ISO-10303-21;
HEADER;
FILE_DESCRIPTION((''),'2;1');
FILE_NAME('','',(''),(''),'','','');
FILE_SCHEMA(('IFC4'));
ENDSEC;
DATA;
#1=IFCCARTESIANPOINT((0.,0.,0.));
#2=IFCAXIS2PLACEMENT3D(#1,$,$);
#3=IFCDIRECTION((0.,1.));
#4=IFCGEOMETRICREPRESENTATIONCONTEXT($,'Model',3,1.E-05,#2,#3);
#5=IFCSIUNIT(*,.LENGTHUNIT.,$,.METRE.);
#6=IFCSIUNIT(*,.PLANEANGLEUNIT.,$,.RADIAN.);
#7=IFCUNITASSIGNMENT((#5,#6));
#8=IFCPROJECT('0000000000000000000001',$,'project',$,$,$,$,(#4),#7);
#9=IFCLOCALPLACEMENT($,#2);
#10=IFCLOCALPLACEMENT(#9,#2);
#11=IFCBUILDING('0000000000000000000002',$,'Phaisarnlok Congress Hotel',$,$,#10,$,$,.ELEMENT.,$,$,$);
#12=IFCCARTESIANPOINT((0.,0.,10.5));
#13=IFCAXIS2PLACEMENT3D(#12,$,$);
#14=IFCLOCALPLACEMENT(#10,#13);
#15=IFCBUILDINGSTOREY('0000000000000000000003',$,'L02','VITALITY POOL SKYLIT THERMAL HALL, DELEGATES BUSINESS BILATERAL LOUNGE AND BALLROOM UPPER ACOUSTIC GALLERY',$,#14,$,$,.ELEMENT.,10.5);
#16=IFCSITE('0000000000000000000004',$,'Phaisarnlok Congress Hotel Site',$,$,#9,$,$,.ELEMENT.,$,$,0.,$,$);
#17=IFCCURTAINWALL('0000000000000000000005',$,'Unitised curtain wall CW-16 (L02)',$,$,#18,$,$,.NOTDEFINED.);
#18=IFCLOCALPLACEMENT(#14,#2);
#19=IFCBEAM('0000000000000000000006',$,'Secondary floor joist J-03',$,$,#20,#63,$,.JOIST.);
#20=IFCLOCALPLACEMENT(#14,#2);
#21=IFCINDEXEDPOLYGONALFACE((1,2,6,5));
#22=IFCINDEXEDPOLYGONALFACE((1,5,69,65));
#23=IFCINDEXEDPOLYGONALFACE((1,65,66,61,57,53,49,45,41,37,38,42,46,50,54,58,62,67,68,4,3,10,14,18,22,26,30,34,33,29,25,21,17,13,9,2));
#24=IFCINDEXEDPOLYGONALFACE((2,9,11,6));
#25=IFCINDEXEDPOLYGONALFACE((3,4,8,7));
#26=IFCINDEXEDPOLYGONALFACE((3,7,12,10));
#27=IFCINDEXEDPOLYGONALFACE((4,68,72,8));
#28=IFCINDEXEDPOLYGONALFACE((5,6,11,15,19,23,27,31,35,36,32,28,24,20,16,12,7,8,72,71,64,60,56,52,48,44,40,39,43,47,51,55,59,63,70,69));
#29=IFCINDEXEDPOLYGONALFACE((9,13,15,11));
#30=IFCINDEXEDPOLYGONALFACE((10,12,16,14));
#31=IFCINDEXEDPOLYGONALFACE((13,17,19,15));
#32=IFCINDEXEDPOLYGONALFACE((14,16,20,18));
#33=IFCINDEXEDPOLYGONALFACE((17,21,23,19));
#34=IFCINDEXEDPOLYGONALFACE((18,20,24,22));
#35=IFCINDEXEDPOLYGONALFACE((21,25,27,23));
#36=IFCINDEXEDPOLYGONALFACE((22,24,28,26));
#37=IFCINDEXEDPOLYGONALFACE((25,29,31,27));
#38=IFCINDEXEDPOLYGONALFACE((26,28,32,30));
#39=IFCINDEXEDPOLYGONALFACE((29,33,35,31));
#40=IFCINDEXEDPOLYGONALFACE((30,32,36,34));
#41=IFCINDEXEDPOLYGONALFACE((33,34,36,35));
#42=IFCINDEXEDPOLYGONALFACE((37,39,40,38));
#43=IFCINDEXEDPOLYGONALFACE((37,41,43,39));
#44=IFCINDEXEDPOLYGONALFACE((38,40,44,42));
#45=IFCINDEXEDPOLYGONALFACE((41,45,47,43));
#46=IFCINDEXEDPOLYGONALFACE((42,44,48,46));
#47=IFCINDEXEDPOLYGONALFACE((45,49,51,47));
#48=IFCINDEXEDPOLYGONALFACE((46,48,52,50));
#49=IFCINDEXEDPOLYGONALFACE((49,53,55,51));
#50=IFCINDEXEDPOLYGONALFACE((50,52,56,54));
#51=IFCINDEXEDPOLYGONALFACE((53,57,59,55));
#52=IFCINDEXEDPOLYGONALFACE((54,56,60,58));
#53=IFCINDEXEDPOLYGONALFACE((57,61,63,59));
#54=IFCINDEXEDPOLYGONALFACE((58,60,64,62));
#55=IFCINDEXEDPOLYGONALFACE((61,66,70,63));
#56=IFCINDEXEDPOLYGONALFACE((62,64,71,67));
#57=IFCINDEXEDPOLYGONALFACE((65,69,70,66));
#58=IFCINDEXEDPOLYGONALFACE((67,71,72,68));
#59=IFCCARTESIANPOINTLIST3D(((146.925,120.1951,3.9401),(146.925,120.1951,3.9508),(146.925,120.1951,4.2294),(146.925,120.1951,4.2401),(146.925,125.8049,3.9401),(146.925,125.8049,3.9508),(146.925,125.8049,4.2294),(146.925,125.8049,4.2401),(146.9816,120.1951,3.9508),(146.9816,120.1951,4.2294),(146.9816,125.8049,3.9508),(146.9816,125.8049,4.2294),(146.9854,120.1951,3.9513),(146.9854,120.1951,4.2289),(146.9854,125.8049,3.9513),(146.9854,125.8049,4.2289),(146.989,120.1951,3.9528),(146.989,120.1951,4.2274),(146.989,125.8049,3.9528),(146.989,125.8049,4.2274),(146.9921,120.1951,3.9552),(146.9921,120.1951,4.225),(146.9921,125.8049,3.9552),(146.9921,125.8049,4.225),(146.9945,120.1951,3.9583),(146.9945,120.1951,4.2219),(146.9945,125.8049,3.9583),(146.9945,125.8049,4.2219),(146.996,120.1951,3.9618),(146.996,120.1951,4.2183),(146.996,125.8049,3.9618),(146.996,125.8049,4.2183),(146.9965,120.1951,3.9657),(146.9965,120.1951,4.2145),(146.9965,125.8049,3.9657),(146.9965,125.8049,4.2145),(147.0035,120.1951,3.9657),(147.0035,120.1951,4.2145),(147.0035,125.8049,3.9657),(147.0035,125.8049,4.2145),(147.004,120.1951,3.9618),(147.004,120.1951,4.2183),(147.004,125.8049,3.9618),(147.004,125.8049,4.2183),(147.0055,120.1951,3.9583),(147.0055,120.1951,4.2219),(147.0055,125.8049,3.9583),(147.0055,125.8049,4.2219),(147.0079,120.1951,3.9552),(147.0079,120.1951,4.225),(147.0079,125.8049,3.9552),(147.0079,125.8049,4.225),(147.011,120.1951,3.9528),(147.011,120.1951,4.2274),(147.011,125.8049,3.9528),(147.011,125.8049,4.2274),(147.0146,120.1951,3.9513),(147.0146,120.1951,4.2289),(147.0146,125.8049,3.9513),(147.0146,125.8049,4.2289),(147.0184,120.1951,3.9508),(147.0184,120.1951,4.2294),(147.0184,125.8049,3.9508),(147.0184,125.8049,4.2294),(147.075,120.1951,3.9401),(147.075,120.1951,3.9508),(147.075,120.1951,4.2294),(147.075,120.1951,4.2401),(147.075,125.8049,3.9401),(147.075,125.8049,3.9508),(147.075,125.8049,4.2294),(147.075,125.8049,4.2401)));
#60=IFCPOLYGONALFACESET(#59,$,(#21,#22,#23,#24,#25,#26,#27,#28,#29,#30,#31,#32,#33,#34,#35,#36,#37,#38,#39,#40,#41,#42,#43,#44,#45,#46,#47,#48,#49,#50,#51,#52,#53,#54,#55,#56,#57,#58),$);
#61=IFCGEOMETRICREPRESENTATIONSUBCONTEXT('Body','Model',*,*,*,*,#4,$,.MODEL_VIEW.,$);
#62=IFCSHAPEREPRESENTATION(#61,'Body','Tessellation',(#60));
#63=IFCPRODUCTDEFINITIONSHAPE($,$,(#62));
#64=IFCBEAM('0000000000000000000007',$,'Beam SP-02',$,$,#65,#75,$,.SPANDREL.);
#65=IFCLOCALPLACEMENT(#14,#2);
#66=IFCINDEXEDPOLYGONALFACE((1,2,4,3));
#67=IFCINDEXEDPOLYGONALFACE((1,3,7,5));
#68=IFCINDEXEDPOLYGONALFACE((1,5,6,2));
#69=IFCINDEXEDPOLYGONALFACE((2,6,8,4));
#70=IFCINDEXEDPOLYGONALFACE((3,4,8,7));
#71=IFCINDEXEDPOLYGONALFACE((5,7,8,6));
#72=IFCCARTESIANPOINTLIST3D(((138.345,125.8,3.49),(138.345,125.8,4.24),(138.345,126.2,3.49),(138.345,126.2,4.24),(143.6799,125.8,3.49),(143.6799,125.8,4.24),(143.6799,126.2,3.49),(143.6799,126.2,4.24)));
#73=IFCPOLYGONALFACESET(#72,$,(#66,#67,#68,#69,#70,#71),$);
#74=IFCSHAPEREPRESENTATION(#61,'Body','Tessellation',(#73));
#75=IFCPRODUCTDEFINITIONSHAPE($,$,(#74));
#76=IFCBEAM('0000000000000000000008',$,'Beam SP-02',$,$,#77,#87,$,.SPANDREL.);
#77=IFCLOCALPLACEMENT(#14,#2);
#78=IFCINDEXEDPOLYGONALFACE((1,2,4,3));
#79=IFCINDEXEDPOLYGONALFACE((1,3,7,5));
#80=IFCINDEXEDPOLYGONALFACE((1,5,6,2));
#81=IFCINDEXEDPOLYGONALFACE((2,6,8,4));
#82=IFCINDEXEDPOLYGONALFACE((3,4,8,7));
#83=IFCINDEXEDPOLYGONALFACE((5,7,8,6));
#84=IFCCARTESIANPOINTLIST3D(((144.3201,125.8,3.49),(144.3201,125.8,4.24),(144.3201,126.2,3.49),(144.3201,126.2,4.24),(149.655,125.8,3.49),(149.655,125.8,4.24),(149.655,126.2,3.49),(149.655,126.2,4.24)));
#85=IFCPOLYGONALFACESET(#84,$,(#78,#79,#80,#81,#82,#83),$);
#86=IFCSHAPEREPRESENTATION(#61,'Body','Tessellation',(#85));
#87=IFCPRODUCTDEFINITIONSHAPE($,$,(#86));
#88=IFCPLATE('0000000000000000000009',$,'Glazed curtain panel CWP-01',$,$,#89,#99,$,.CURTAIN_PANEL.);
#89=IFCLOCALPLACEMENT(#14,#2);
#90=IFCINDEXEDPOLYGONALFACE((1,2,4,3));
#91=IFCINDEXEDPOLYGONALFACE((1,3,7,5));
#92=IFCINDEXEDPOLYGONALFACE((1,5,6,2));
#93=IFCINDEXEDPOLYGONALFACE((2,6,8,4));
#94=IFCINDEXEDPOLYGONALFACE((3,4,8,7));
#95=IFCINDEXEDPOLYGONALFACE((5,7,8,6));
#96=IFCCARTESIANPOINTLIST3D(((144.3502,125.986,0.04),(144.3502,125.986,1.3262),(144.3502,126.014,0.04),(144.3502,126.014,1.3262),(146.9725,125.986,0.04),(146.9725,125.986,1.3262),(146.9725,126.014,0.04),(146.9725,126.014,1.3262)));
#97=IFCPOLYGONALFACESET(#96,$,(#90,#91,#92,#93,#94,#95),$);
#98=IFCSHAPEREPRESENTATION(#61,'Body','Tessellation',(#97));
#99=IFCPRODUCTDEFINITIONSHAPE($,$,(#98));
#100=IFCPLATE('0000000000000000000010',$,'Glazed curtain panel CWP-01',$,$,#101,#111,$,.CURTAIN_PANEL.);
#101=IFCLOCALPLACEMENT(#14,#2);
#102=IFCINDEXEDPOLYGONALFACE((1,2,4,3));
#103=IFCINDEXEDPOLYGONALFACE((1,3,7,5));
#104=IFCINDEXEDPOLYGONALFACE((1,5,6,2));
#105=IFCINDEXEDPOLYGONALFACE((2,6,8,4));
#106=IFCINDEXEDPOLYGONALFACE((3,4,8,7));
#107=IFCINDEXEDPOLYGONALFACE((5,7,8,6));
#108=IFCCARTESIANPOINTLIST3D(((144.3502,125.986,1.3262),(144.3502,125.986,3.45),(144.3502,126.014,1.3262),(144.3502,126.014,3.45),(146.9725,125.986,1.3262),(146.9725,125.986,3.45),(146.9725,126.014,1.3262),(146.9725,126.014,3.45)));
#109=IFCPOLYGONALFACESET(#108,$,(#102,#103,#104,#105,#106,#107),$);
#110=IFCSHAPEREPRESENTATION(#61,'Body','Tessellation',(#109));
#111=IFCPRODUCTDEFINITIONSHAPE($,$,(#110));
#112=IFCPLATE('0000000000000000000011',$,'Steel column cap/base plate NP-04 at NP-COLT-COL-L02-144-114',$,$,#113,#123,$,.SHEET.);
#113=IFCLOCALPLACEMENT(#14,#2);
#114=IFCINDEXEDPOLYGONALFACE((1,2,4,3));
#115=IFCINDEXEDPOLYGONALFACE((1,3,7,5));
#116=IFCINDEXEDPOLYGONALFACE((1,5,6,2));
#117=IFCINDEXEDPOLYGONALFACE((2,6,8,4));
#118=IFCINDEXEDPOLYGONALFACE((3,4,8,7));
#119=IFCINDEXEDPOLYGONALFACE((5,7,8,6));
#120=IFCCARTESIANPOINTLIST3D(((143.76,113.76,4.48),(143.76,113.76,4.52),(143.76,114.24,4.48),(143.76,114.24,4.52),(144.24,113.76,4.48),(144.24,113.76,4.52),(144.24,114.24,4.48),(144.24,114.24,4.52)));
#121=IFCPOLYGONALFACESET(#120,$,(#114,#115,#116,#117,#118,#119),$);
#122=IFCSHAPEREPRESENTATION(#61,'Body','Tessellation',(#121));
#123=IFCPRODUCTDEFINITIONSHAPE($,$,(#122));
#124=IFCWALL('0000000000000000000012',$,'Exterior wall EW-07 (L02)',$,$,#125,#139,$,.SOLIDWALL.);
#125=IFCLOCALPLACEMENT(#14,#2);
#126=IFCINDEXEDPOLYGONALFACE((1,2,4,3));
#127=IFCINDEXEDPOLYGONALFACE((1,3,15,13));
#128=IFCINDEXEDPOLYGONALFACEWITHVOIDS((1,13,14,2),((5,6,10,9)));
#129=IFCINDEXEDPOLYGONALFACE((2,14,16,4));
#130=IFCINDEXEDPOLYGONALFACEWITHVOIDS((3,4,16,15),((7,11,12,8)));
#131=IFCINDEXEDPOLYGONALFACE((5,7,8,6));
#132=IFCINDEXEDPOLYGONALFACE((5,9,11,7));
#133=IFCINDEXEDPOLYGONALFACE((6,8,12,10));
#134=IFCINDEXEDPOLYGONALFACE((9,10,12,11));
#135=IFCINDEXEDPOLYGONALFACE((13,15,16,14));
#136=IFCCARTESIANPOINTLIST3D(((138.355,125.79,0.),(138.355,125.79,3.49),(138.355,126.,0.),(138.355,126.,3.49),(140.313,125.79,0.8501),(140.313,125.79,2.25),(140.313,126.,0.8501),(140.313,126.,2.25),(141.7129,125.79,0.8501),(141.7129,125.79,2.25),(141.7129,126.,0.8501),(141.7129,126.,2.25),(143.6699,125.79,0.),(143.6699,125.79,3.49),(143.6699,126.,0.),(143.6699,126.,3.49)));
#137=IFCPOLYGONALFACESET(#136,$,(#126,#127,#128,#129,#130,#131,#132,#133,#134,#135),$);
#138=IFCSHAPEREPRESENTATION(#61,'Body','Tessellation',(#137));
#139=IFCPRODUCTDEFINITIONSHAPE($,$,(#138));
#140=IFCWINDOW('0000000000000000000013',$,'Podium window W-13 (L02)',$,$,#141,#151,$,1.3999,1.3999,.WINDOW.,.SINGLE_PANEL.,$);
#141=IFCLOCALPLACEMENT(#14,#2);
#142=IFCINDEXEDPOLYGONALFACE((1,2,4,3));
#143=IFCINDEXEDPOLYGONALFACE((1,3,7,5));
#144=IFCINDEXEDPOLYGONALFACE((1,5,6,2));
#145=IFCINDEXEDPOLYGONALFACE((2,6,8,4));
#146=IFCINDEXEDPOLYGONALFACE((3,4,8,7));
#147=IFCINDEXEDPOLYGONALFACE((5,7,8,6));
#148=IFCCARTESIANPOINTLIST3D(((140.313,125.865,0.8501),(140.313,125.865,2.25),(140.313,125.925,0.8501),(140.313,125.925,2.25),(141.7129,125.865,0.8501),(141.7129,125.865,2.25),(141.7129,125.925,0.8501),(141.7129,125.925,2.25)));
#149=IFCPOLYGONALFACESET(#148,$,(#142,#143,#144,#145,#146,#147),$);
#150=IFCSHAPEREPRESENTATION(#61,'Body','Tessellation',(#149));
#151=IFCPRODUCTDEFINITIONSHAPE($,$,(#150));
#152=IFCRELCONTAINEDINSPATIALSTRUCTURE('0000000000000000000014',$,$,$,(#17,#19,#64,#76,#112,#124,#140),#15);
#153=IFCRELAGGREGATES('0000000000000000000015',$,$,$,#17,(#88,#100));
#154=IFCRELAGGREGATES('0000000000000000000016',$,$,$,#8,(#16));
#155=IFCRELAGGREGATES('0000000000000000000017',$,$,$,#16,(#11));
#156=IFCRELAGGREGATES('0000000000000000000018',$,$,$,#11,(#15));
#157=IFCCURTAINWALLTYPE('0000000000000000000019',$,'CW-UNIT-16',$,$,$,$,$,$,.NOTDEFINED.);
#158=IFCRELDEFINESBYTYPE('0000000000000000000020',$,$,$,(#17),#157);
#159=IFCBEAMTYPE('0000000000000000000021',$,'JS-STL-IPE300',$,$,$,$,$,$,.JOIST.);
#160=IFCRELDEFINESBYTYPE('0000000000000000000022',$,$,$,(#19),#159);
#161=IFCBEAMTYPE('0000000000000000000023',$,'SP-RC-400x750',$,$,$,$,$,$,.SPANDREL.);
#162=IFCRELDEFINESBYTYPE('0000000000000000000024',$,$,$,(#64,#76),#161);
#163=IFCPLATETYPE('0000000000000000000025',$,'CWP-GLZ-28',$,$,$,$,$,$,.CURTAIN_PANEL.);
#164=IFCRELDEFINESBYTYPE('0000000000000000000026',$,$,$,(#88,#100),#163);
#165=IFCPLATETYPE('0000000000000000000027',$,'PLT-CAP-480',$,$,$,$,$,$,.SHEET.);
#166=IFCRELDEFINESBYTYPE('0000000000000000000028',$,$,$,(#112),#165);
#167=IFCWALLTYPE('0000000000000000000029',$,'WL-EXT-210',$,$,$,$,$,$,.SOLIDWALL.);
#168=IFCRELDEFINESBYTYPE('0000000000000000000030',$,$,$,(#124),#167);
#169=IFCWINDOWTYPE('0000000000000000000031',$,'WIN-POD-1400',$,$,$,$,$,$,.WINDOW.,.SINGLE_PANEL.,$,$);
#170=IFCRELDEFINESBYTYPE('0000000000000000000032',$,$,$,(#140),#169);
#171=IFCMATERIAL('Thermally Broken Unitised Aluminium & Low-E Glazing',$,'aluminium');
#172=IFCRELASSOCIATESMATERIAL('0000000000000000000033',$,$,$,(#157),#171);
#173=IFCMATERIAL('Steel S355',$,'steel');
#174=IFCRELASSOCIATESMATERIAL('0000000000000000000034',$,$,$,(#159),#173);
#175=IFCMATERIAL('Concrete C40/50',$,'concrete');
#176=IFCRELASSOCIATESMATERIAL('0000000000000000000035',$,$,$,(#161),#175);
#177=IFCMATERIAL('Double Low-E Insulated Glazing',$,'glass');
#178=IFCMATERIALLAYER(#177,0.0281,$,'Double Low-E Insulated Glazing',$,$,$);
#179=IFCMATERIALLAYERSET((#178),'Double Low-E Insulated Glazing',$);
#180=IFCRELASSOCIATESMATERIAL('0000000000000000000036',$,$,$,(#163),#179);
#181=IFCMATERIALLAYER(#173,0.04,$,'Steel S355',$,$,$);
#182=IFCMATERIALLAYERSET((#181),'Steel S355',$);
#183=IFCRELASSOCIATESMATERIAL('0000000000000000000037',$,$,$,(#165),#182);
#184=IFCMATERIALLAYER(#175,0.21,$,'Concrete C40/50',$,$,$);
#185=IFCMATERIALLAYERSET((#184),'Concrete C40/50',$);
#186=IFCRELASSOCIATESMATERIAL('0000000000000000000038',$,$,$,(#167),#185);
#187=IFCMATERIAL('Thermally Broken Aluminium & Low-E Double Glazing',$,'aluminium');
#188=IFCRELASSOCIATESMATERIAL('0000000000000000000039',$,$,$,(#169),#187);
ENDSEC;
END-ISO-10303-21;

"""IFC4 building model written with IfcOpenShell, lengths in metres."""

from ifc_helpers import new_model, si_unit, direction, frame, frame_2d, origin, origin_2d, place, context, subcontext, project, spatial, rectangle, i_section, extrude, material, layer, layer_set, material_profile, profile_set, type_object, element, fill, aggregate, save


model = new_model("IFC4")

# Units and contexts
model_context = context("Model", 3, precision=1e-05, world=origin(), true_north=direction((0.0, 1.0)))
body_context = subcontext(model_context, "Body", "Model", "MODEL_VIEW")
ifc_project = project(units=[si_unit("LENGTHUNIT", "METRE"), si_unit("PLANEANGLEUNIT", "RADIAN")], contexts=[model_context])

# Site, building, storey
site_placement = place(None, origin())
site = spatial("IfcSite", under=ifc_project, at=site_placement, Name="Phaisarnlok Congress Hotel Site", CompositionType="ELEMENT", RefElevation=0.0)
building_placement = place(site_placement, origin())
building = spatial("IfcBuilding", under=site, at=building_placement, Name="Phaisarnlok Congress Hotel", CompositionType="ELEMENT")
storey_placement = place(building_placement, frame((0.0, 0.0, 10.5)))
storey = spatial("IfcBuildingStorey", under=building, at=storey_placement, Name="L02", Description="VITALITY POOL SKYLIT THERMAL HALL, DELEGATES BUSINESS BILATERAL LOUNGE AND BALLROOM UPPER ACOUSTIC GALLERY", CompositionType="ELEMENT", Elevation=10.5)

# Shared definitions
ifc_material_1 = material(Name="Concrete C40/50", Category="concrete")
ifc_material_2 = material(Name="Steel S355", Category="steel")

# Curtain wall
ifc_material_3 = material(Name="Thermally Broken Unitised Aluminium & Low-E Glazing", Category="aluminium")
curtain_wall_type = type_object("IfcCurtainWallType", Name="CW-UNIT-16", PredefinedType="NOTDEFINED", material=ifc_material_3)
curtain_wall_placement = place(storey_placement, origin())
curtain_wall = element("IfcCurtainWall", 1, at=curtain_wall_placement, inside=storey, type_object=curtain_wall_type, Name="Unitised curtain wall CW-16 (L02)", PredefinedType="NOTDEFINED")

# Beams
ifc_material_profile_1 = material_profile(ifc_material_2, i_section(OverallWidth=0.1499, OverallDepth=0.3, WebThickness=0.0071, FlangeThickness=0.0107, FilletRadius=0.0149, at=origin_2d()), Name="IPE 300")
ifc_profile_set_1 = profile_set([ifc_material_profile_1], Name="Steel S355")
beam_type_1 = type_object("IfcBeamType", Name="JS-STL-IPE300", PredefinedType="JOIST", material=ifc_profile_set_1)
for number, where, z_axis, x_axis, name in (
    (2, (147.0, 120.1951, 4.0901), (0.0, 1.0, 0.0), (-1.0, 0.0, 0.0), "Secondary floor joist J-03"),
):
    element("IfcBeam", number, at=place(storey_placement, frame(where, z_axis=z_axis, x_axis=x_axis)), inside=storey, type_object=beam_type_1, Name=name, PredefinedType="JOIST", context=body_context, shape_type="SweptSolid", body=[
        extrude(i_section(OverallWidth=0.1499, OverallDepth=0.3, WebThickness=0.0071, FlangeThickness=0.0107, FilletRadius=0.0149, at=origin_2d()), origin(), (0.0, 0.0, 1.0), 5.6099),
    ])
ifc_material_profile_2 = material_profile(ifc_material_1, rectangle(XDim=0.3999, YDim=0.75, at=origin_2d()), Name="RC 400x750")
ifc_profile_set_2 = profile_set([ifc_material_profile_2], Name="Concrete C40/50")
beam_type_2 = type_object("IfcBeamType", Name="SP-RC-400x750", PredefinedType="SPANDREL", material=ifc_profile_set_2)
for number, where, z_axis, x_axis, name in (
    (3, (138.345, 126.0, 3.865), (1.0, 0.0, 0.0), (0.0, 1.0, 0.0), "Beam SP-02"),
    (4, (144.3201, 126.0, 3.865), (1.0, 0.0, 0.0), (0.0, 1.0, 0.0), "Beam SP-02"),
):
    element("IfcBeam", number, at=place(storey_placement, frame(where, z_axis=z_axis, x_axis=x_axis)), inside=storey, type_object=beam_type_2, Name=name, PredefinedType="SPANDREL", context=body_context, shape_type="SweptSolid", body=[
        extrude(rectangle(XDim=0.3999, YDim=0.75, at=origin_2d()), origin(), (0.0, 0.0, 1.0), 5.335),
    ])

# Plates
ifc_material_4 = material(Name="Double Low-E Insulated Glazing", Category="glass")
ifc_layer_1 = layer(ifc_material_4, 0.0281, Name="Double Low-E Insulated Glazing")
ifc_layer_set_1 = layer_set([ifc_layer_1], Name="Double Low-E Insulated Glazing")
plate_type_1 = type_object("IfcPlateType", Name="CWP-GLZ-28", PredefinedType="CURTAIN_PANEL", material=ifc_layer_set_1)
plate_1_placement = place(storey_placement, frame((146.9724, 126.0, 0.04), z_axis=(0.0, 0.0, 1.0), x_axis=(-1.0, 0.0, 0.0)))
plate_1 = element("IfcPlate", 5, at=plate_1_placement, type_object=plate_type_1, Name="Glazed curtain panel CWP-01", PredefinedType="CURTAIN_PANEL", context=body_context, shape_type="SweptSolid", body=[
    extrude(rectangle(XDim=2.6223, YDim=0.0281, at=frame_2d((1.311, 0.0))), origin(), (0.0, 0.0, 1.0), 1.2861),
])
plate_2_placement = place(storey_placement, frame((146.9724, 126.0, 1.3262), z_axis=(0.0, 0.0, 1.0), x_axis=(-1.0, 0.0, 0.0)))
plate_2 = element("IfcPlate", 6, at=plate_2_placement, type_object=plate_type_1, Name="Glazed curtain panel CWP-01", PredefinedType="CURTAIN_PANEL", context=body_context, shape_type="SweptSolid", body=[
    extrude(rectangle(XDim=2.6223, YDim=0.0281, at=frame_2d((1.311, 0.0))), origin(), (0.0, 0.0, 1.0), 2.1238),
])
aggregate(curtain_wall, [plate_1, plate_2])
ifc_layer_2 = layer(ifc_material_2, 0.04, Name="Steel S355")
ifc_layer_set_2 = layer_set([ifc_layer_2], Name="Steel S355")
plate_type_2 = type_object("IfcPlateType", Name="PLT-CAP-480", PredefinedType="SHEET", material=ifc_layer_set_2)
plate_3_placement = place(storey_placement, frame((144.0, 114.0, 4.48), z_axis=(0.0, 0.0, 1.0), x_axis=(1.0, 0.0, 0.0)))
element("IfcPlate", 7, at=plate_3_placement, inside=storey, type_object=plate_type_2, Name="Steel column cap/base plate NP-04 at NP-COLT-COL-L02-144-114", PredefinedType="SHEET", context=body_context, shape_type="SweptSolid", body=[
    extrude(rectangle(XDim=0.48, YDim=0.48, at=origin_2d()), origin(), (0.0, 0.0, 1.0), 0.04),
])

# Wall, opening, window
ifc_layer_3 = layer(ifc_material_1, 0.21, Name="Concrete C40/50")
ifc_layer_set_3 = layer_set([ifc_layer_3], Name="Concrete C40/50")
wall_type = type_object("IfcWallType", Name="WL-EXT-210", PredefinedType="SOLIDWALL", material=ifc_layer_set_3)
wall_placement = place(storey_placement, frame((143.6699, 125.895, 0.0), z_axis=(0.0, 0.0, 1.0), x_axis=(-1.0, 0.0, 0.0)))
wall = element("IfcWall", 8, at=wall_placement, inside=storey, type_object=wall_type, Name="Exterior wall EW-07 (L02)", PredefinedType="SOLIDWALL", context=body_context, shape_type="SweptSolid", body=[
    extrude(rectangle(XDim=5.3149, YDim=0.21, at=frame_2d((2.6575, 0.0))), origin(), (0.0, 0.0, 1.0), 3.49),
])
opening_placement = place(wall_placement, frame((1.957, 0.0, 0.8501)))
opening = element("IfcOpeningElement", 9, at=opening_placement, cuts=wall, PredefinedType="OPENING", context=body_context, shape_type="SweptSolid", body=[
    extrude(rectangle(XDim=1.3999, YDim=1.3999, at=frame_2d((0.7, 0.7))), frame((0.0, 0.115, 0.0), z_axis=(0.0, -1.0, 0.0), x_axis=(1.0, 0.0, 0.0)), (0.0, 0.0, 1.0), 0.23),
])
ifc_material_5 = material(Name="Thermally Broken Aluminium & Low-E Double Glazing", Category="aluminium")
window_type = type_object("IfcWindowType", Name="WIN-POD-1400", PartitioningType="SINGLE_PANEL", PredefinedType="WINDOW", material=ifc_material_5)
window_placement = place(opening_placement, origin())
window = element("IfcWindow", 10, at=window_placement, inside=storey, type_object=window_type, Name="Podium window W-13 (L02)", OverallHeight=1.3999, OverallWidth=1.3999, PartitioningType="SINGLE_PANEL", PredefinedType="WINDOW", context=body_context, shape_type="SweptSolid", body=[
    extrude(rectangle(XDim=1.3999, YDim=1.3999, at=frame_2d((0.7, 0.7))), frame((0.0, 0.03, 0.0), z_axis=(0.0, -1.0, 0.0), x_axis=(1.0, 0.0, 0.0)), (0.0, 0.0, 1.0), 0.0601),
])
fill(opening, window)

save(model, "model.ifc")
